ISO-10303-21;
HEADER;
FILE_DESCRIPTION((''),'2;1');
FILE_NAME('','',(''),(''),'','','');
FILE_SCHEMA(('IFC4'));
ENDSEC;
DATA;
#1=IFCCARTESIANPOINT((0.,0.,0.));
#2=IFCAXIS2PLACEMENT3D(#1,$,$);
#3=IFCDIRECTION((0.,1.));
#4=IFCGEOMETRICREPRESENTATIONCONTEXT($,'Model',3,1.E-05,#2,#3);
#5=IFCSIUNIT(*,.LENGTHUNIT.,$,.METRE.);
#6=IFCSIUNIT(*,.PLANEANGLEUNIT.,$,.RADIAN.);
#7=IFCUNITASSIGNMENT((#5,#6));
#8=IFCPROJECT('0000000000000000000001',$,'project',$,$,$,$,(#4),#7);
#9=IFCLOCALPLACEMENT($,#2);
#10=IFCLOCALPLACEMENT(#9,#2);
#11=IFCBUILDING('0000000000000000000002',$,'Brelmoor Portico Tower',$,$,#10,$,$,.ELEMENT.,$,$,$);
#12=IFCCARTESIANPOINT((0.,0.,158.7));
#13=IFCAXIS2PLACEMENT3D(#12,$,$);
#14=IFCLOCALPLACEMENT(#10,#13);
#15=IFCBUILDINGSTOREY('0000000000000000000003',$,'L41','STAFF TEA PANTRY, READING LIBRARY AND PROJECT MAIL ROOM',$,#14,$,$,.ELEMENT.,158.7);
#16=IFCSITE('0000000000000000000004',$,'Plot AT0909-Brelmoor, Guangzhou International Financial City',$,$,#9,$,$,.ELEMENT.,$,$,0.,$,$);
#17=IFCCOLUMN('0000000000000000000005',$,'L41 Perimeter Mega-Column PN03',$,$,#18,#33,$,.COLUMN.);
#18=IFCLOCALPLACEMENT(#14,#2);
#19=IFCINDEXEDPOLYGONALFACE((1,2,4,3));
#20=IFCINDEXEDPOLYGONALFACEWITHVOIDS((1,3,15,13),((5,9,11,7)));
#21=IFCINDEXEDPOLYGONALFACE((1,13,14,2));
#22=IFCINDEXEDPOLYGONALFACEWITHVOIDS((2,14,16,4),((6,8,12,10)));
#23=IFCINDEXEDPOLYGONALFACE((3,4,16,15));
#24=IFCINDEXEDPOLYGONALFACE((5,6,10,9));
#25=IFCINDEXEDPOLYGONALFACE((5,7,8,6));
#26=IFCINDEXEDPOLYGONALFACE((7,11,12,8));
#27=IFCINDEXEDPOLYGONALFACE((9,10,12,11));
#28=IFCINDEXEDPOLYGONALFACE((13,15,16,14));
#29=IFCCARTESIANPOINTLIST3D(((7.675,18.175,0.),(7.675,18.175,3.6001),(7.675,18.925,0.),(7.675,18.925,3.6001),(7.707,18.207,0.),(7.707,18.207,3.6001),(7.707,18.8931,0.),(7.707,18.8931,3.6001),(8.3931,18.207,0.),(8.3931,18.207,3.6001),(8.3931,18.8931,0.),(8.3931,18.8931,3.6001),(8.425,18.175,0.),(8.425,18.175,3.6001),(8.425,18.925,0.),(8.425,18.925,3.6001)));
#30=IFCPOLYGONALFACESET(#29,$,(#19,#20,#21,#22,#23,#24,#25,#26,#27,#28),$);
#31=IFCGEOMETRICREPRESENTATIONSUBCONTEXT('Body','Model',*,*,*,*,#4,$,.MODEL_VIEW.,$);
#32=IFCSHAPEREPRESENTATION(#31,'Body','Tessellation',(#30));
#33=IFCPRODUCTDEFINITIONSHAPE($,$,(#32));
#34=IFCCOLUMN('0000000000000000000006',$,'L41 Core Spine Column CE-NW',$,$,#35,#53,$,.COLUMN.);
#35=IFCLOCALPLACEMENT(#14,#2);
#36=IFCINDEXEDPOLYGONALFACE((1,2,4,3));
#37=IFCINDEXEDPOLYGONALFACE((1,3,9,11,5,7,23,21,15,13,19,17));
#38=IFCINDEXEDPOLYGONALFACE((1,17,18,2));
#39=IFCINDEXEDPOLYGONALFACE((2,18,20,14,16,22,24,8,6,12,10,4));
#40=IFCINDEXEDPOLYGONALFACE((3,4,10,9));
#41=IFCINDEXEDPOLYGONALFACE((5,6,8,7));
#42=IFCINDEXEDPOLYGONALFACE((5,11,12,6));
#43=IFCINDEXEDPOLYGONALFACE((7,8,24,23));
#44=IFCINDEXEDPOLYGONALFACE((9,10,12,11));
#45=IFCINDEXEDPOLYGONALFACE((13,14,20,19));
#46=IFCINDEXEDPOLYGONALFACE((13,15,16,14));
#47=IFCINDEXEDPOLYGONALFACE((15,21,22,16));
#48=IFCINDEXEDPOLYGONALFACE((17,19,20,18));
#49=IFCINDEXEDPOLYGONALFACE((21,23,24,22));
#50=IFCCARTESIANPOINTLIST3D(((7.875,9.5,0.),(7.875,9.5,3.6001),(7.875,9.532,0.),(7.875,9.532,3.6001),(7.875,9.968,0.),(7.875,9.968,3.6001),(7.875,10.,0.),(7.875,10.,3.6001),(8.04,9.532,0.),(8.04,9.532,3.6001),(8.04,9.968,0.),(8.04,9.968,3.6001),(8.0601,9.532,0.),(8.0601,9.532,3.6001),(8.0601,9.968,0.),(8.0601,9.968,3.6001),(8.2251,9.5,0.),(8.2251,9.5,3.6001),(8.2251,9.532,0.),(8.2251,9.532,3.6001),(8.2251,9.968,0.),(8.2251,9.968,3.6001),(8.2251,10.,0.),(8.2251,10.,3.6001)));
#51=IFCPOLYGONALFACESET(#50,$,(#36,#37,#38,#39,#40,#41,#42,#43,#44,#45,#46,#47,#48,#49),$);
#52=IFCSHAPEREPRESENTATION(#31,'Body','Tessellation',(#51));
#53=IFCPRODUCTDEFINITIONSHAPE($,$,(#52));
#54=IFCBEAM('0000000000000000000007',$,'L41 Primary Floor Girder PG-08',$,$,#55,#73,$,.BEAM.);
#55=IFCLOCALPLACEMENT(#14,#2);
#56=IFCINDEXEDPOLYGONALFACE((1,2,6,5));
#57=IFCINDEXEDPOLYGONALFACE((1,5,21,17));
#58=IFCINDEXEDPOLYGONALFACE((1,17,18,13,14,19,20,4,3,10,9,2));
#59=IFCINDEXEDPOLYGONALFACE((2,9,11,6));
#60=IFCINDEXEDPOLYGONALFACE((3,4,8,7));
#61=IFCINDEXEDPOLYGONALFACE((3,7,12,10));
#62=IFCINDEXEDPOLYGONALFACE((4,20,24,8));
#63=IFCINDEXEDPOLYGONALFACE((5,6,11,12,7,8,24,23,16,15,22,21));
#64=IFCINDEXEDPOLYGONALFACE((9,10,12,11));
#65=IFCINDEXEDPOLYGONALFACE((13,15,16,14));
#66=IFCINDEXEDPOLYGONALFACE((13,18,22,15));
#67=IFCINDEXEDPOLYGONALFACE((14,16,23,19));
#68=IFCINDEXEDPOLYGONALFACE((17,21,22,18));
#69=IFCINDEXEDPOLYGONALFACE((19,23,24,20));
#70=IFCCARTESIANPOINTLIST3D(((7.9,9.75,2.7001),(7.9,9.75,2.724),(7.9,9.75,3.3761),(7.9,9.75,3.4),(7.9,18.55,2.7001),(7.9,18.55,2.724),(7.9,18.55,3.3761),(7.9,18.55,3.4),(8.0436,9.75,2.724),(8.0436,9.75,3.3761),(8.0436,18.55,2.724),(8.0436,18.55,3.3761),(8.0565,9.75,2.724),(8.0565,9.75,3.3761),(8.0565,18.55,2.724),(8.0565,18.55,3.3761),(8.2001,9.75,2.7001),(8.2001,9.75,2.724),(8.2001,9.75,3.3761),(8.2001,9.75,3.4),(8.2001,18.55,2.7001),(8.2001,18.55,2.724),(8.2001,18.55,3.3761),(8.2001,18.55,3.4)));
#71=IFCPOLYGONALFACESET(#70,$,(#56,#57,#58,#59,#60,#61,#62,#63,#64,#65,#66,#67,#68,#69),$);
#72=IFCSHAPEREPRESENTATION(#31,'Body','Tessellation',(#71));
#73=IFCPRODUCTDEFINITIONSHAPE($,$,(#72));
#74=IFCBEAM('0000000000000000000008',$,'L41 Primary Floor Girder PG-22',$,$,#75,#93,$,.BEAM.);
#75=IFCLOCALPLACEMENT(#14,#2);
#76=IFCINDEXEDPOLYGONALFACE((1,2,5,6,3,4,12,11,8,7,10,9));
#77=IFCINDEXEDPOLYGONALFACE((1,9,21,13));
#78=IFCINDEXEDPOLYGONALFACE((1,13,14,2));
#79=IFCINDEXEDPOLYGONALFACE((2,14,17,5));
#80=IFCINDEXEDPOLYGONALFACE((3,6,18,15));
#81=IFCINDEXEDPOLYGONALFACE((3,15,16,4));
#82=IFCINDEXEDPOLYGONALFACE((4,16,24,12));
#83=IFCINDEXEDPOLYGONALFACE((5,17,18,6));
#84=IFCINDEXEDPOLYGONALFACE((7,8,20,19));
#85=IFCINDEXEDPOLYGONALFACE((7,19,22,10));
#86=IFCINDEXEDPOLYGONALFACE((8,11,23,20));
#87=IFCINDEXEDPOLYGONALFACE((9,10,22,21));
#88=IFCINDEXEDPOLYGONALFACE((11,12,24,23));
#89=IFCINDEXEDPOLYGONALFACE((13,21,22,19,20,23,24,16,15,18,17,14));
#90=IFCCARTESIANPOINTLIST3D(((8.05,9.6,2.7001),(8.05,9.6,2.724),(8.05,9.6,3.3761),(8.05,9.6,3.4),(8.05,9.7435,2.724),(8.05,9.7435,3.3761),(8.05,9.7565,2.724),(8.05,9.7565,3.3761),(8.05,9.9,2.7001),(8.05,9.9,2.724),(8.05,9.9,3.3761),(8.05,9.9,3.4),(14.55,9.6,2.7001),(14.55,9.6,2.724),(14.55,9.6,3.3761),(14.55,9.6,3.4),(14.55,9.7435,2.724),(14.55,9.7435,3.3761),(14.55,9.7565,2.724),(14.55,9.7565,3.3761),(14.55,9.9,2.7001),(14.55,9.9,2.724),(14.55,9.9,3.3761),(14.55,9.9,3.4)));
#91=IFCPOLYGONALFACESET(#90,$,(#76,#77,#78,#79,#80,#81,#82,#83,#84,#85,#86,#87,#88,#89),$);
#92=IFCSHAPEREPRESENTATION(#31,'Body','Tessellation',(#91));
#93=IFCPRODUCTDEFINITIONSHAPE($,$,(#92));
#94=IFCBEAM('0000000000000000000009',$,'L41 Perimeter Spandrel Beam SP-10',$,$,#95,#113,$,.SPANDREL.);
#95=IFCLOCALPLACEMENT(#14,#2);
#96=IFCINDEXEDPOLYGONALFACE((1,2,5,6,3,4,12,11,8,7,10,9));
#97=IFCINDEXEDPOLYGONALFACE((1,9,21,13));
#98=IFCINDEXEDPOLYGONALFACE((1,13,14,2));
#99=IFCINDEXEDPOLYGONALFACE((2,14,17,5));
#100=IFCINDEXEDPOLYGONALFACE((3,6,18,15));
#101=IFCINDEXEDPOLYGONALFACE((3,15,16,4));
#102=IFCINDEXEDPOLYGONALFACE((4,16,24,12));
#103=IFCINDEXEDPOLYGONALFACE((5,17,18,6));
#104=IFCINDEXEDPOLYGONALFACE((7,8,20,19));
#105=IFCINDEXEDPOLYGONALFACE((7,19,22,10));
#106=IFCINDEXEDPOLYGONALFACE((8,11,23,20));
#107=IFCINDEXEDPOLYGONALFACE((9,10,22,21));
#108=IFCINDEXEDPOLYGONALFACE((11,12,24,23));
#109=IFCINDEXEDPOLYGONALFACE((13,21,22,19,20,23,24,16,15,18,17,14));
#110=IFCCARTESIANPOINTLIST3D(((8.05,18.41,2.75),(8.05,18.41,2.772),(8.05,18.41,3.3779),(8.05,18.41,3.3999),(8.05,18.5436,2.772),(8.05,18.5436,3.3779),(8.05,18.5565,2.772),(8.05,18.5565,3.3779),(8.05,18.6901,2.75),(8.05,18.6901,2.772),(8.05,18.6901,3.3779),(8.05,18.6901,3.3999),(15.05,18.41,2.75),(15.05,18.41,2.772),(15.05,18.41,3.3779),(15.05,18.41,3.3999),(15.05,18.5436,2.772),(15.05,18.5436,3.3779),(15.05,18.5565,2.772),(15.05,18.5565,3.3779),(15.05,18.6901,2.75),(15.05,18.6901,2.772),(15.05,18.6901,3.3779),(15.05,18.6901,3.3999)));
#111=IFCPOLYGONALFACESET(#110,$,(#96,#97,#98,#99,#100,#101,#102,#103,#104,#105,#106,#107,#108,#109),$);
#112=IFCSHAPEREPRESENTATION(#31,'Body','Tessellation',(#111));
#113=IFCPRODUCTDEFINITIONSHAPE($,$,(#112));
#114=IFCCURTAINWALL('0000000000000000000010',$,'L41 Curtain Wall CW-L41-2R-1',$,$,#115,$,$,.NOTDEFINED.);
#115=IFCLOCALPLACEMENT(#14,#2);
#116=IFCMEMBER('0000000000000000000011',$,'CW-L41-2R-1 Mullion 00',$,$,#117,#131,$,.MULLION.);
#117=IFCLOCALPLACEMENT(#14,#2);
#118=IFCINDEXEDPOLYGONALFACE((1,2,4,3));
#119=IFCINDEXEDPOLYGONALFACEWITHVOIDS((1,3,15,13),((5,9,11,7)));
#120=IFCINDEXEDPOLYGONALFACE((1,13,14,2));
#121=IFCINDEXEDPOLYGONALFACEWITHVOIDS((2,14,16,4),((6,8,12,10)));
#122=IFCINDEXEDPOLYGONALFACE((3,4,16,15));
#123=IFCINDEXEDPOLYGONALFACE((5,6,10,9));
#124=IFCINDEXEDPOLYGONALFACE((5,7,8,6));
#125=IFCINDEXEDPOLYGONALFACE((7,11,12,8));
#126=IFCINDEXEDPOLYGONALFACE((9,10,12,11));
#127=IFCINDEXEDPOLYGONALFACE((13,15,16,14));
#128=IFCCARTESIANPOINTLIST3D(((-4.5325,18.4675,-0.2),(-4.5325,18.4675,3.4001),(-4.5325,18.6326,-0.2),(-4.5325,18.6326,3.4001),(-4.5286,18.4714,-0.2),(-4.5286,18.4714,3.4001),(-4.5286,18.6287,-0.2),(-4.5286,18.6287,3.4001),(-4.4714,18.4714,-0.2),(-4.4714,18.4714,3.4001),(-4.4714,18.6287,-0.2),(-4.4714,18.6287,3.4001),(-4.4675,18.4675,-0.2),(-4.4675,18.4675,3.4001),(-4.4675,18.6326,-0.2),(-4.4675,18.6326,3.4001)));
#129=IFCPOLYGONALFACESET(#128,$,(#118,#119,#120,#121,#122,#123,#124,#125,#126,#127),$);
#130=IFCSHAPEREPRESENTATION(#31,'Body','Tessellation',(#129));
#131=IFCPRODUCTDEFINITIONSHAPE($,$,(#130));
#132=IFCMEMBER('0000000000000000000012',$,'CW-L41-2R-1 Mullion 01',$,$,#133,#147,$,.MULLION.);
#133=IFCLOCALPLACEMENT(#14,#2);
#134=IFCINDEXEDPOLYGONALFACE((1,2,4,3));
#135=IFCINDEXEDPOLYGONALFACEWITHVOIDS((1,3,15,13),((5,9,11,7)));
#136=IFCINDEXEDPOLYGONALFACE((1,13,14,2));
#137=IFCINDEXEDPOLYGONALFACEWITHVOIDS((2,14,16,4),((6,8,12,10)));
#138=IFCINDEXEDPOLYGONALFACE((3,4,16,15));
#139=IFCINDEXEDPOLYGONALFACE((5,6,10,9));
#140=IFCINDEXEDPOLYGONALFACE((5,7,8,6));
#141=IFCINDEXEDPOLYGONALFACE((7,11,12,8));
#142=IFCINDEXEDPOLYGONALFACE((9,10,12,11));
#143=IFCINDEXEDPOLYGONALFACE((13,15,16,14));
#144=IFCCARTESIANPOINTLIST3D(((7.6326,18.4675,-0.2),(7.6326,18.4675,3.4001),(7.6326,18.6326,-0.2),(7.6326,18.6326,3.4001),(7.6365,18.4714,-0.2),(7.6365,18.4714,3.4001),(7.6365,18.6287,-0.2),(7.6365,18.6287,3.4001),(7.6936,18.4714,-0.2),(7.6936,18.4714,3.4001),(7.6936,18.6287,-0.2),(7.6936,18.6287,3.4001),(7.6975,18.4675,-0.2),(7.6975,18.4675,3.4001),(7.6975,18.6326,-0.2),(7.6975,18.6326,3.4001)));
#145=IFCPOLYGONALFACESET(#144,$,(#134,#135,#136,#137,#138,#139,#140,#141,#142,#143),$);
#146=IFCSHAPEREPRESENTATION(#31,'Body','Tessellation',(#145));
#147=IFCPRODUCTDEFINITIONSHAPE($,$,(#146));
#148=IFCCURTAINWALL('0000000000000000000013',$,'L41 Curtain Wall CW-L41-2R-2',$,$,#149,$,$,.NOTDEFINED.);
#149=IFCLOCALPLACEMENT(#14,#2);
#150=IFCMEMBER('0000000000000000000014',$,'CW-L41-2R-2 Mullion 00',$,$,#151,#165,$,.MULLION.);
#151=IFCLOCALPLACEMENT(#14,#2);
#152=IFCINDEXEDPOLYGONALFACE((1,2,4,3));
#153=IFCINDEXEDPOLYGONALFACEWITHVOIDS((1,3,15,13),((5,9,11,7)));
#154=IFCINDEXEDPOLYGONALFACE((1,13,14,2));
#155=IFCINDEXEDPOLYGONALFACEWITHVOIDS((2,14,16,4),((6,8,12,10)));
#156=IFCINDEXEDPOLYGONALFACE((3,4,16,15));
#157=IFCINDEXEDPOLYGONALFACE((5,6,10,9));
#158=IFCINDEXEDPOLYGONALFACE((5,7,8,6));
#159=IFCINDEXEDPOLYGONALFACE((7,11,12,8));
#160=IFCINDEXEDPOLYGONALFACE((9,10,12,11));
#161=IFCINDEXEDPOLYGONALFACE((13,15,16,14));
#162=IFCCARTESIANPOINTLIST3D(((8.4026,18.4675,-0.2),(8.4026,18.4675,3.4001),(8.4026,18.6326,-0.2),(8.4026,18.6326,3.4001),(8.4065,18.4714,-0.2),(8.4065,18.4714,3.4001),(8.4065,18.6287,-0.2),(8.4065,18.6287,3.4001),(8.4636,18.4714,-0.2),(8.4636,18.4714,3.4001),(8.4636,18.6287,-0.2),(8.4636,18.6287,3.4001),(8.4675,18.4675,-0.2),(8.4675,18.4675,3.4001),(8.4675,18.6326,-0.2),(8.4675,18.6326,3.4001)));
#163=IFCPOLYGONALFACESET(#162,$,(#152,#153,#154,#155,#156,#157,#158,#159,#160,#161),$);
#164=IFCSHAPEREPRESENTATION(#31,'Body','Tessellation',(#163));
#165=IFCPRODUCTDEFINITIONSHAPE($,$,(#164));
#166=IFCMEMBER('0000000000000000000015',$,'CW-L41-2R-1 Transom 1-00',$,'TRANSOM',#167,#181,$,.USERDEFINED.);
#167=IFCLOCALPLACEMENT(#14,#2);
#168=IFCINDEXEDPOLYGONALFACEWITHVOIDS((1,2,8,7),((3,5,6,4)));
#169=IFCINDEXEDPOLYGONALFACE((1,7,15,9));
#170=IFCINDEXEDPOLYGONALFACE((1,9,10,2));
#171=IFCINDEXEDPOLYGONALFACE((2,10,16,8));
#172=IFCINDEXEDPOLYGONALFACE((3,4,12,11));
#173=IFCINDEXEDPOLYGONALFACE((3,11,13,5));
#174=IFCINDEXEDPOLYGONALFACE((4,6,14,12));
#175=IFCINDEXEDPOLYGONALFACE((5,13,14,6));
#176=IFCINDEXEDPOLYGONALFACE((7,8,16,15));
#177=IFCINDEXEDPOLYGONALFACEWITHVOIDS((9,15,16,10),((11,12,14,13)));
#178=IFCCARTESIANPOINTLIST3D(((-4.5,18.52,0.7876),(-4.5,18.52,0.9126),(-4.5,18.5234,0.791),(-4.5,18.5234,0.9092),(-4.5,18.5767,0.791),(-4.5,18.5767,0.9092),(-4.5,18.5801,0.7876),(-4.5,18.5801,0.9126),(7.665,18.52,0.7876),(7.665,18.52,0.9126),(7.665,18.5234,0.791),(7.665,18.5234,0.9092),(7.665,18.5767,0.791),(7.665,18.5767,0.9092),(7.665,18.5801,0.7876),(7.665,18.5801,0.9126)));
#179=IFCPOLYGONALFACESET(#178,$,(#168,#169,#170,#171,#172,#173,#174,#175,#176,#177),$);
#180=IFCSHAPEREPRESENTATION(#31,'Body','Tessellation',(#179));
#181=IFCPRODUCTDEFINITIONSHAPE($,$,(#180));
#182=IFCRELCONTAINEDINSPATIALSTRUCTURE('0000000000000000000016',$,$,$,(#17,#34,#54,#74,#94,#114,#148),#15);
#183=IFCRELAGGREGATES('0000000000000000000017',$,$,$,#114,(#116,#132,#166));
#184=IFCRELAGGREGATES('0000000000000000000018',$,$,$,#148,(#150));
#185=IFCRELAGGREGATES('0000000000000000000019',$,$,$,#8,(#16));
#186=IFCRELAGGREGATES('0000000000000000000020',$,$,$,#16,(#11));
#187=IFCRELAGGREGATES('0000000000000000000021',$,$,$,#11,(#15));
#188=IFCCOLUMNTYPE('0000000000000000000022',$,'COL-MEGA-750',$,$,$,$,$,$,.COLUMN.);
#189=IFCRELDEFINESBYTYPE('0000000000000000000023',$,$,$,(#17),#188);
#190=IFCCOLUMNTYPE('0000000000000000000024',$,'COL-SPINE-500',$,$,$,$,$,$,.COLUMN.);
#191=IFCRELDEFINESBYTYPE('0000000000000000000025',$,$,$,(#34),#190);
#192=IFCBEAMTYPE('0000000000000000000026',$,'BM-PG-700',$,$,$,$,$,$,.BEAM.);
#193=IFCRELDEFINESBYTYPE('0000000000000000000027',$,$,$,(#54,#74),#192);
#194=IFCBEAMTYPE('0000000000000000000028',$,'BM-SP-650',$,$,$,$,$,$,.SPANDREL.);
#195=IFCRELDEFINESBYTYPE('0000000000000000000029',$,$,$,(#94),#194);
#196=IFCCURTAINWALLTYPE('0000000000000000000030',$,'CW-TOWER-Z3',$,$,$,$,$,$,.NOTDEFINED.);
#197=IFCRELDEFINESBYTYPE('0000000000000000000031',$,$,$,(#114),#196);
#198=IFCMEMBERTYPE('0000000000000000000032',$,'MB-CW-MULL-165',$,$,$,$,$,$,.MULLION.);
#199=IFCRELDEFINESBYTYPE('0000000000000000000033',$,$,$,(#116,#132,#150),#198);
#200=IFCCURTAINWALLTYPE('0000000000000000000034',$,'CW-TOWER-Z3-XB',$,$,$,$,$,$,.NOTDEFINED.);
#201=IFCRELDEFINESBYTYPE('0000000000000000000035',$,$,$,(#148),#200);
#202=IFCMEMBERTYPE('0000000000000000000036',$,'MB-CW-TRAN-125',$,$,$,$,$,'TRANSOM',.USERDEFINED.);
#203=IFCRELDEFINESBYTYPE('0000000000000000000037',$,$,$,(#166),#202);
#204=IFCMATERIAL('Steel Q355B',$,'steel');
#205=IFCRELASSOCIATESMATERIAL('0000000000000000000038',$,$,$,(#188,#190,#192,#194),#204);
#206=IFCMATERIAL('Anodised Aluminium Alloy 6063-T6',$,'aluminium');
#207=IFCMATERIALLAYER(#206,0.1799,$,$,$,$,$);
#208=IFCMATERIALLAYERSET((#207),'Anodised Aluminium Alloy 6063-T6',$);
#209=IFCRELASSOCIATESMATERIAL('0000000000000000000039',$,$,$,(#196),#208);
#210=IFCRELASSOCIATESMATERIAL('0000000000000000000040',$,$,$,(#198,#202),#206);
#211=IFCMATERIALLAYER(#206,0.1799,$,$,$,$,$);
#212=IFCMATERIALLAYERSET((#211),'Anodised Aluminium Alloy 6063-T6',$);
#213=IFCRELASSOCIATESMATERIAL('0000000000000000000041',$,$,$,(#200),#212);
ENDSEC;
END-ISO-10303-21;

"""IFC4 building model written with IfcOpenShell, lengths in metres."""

from ifc_helpers import new_model, si_unit, direction, frame, origin, origin_2d, place, context, subcontext, project, spatial, hollow_rectangle, i_section, extrude, material, layer, layer_set, material_profile, profile_set, type_object, element, aggregate, save


model = new_model("IFC4")

# Units and contexts
model_context = context("Model", 3, precision=1e-05, world=origin(), true_north=direction((0.0, 1.0)))
body_context = subcontext(model_context, "Body", "Model", "MODEL_VIEW")
ifc_project = project(units=[si_unit("LENGTHUNIT", "METRE"), si_unit("PLANEANGLEUNIT", "RADIAN")], contexts=[model_context])

# Site, building, storey
site_placement = place(None, origin())
site = spatial("IfcSite", under=ifc_project, at=site_placement, Name="Plot AT0909-Brelmoor, Guangzhou International Financial City", CompositionType="ELEMENT", RefElevation=0.0)
building_placement = place(site_placement, origin())
building = spatial("IfcBuilding", under=site, at=building_placement, Name="Brelmoor Portico Tower", CompositionType="ELEMENT")
storey_placement = place(building_placement, frame((0.0, 0.0, 158.7)))
storey = spatial("IfcBuildingStorey", under=building, at=storey_placement, Name="L41", Description="STAFF TEA PANTRY, READING LIBRARY AND PROJECT MAIL ROOM", CompositionType="ELEMENT", Elevation=158.7)

# Columns
ifc_material_1 = material(Name="Steel Q355B", Category="steel")
ifc_material_profile_1 = material_profile(ifc_material_1, hollow_rectangle(XDim=0.75, YDim=0.75, WallThickness=0.032, at=origin_2d()), Name="BOX 750x750x32")
ifc_profile_set_1 = profile_set([ifc_material_profile_1], Name="Steel Q355B")
column_type_1 = type_object("IfcColumnType", Name="COL-MEGA-750", PredefinedType="COLUMN", material=ifc_profile_set_1)
column_1_placement = place(storey_placement, frame((8.05, 18.55, 0.0), z_axis=(0.0, 0.0, 1.0), x_axis=(1.0, 0.0, 0.0)))
element("IfcColumn", 1, at=column_1_placement, inside=storey, type_object=column_type_1, Name="L41 Perimeter Mega-Column PN03", PredefinedType="COLUMN", context=body_context, shape_type="SweptSolid", body=[
    extrude(hollow_rectangle(XDim=0.75, YDim=0.75, WallThickness=0.032, at=origin_2d()), origin(), (0.0, 0.0, 1.0), 3.6001),
])
ifc_material_profile_2 = material_profile(ifc_material_1, i_section(OverallWidth=0.3501, OverallDepth=0.5, WebThickness=0.02, FlangeThickness=0.032, at=origin_2d()), Name="HW 500x350x20x32")
ifc_profile_set_2 = profile_set([ifc_material_profile_2], Name="Steel Q355B")
column_type_2 = type_object("IfcColumnType", Name="COL-SPINE-500", PredefinedType="COLUMN", material=ifc_profile_set_2)
column_2_placement = place(storey_placement, frame((8.05, 9.75, 0.0), z_axis=(0.0, 0.0, 1.0), x_axis=(1.0, 0.0, 0.0)))
element("IfcColumn", 2, at=column_2_placement, inside=storey, type_object=column_type_2, Name="L41 Core Spine Column CE-NW", PredefinedType="COLUMN", context=body_context, shape_type="SweptSolid", body=[
    extrude(i_section(OverallWidth=0.3501, OverallDepth=0.5, WebThickness=0.02, FlangeThickness=0.032, at=origin_2d()), origin(), (0.0, 0.0, 1.0), 3.6001),
])

# Beams
ifc_material_profile_3 = material_profile(ifc_material_1, i_section(OverallWidth=0.3, OverallDepth=0.7, WebThickness=0.0129, FlangeThickness=0.0239, at=origin_2d()), Name="HN 700x300x13x24")
ifc_profile_set_3 = profile_set([ifc_material_profile_3], Name="Steel Q355B")
beam_type_1 = type_object("IfcBeamType", Name="BM-PG-700", PredefinedType="BEAM", material=ifc_profile_set_3)
beam_1_placement = place(storey_placement, frame((8.05, 9.75, 3.05), z_axis=(0.0, 1.0, 0.0), x_axis=(-1.0, 0.0, 0.0)))
element("IfcBeam", 3, at=beam_1_placement, inside=storey, type_object=beam_type_1, Name="L41 Primary Floor Girder PG-08", PredefinedType="BEAM", context=body_context, shape_type="SweptSolid", body=[
    extrude(i_section(OverallWidth=0.3, OverallDepth=0.7, WebThickness=0.0129, FlangeThickness=0.0239, at=origin_2d()), origin(), (0.0, 0.0, 1.0), 8.8),
])
beam_2_placement = place(storey_placement, frame((8.05, 9.75, 3.05), z_axis=(1.0, 0.0, 0.0), x_axis=(0.0, 1.0, 0.0)))
element("IfcBeam", 4, at=beam_2_placement, inside=storey, type_object=beam_type_1, Name="L41 Primary Floor Girder PG-22", PredefinedType="BEAM", context=body_context, shape_type="SweptSolid", body=[
    extrude(i_section(OverallWidth=0.3, OverallDepth=0.7, WebThickness=0.0129, FlangeThickness=0.0239, at=origin_2d()), origin(), (0.0, 0.0, 1.0), 6.5),
])
ifc_material_profile_4 = material_profile(ifc_material_1, i_section(OverallWidth=0.28, OverallDepth=0.6499, WebThickness=0.0129, FlangeThickness=0.022, at=origin_2d()), Name="HN 650x280x13x22")
ifc_profile_set_4 = profile_set([ifc_material_profile_4], Name="Steel Q355B")
beam_type_2 = type_object("IfcBeamType", Name="BM-SP-650", PredefinedType="SPANDREL", material=ifc_profile_set_4)
beam_3_placement = place(storey_placement, frame((8.05, 18.55, 3.075), z_axis=(1.0, 0.0, 0.0), x_axis=(0.0, 1.0, 0.0)))
element("IfcBeam", 5, at=beam_3_placement, inside=storey, type_object=beam_type_2, Name="L41 Perimeter Spandrel Beam SP-10", PredefinedType="SPANDREL", context=body_context, shape_type="SweptSolid", body=[
    extrude(i_section(OverallWidth=0.28, OverallDepth=0.6499, WebThickness=0.0129, FlangeThickness=0.022, at=origin_2d()), origin(), (0.0, 0.0, 1.0), 7.0),
])

# Curtain wall, members
ifc_material_2 = material(Name="Anodised Aluminium Alloy 6063-T6", Category="aluminium")
ifc_layer_1 = layer(ifc_material_2, 0.1799)
ifc_layer_set_1 = layer_set([ifc_layer_1], Name="Anodised Aluminium Alloy 6063-T6")
curtain_wall_type_1 = type_object("IfcCurtainWallType", Name="CW-TOWER-Z3", PredefinedType="NOTDEFINED", material=ifc_layer_set_1)
curtain_wall_1_placement = place(storey_placement, origin())
curtain_wall_1 = element("IfcCurtainWall", 6, at=curtain_wall_1_placement, inside=storey, type_object=curtain_wall_type_1, Name="L41 Curtain Wall CW-L41-2R-1", PredefinedType="NOTDEFINED")
ifc_material_profile_5 = material_profile(ifc_material_2, hollow_rectangle(XDim=0.0649, YDim=0.165, WallThickness=0.0039, at=origin_2d()), Name="ALU MULLION 65x165")
ifc_profile_set_5 = profile_set([ifc_material_profile_5], Name="Anodised Aluminium Alloy 6063-T6")
member_type_1 = type_object("IfcMemberType", Name="MB-CW-MULL-165", PredefinedType="MULLION", material=ifc_profile_set_5)
member_1_placement = place(storey_placement, frame((-4.5, 18.55, -0.2), z_axis=(0.0, 0.0, 1.0), x_axis=(1.0, 0.0, 0.0)))
member_1 = element("IfcMember", 7, at=member_1_placement, type_object=member_type_1, Name="CW-L41-2R-1 Mullion 00", PredefinedType="MULLION", context=body_context, shape_type="SweptSolid", body=[
    extrude(hollow_rectangle(XDim=0.0649, YDim=0.165, WallThickness=0.0039, at=origin_2d()), origin(), (0.0, 0.0, 1.0), 3.6001),
])
member_2_placement = place(storey_placement, frame((7.665, 18.55, -0.2), z_axis=(0.0, 0.0, 1.0), x_axis=(1.0, 0.0, 0.0)))
member_2 = element("IfcMember", 8, at=member_2_placement, type_object=member_type_1, Name="CW-L41-2R-1 Mullion 01", PredefinedType="MULLION", context=body_context, shape_type="SweptSolid", body=[
    extrude(hollow_rectangle(XDim=0.0649, YDim=0.165, WallThickness=0.0039, at=origin_2d()), origin(), (0.0, 0.0, 1.0), 3.6001),
])

# Curtain wall, member
ifc_layer_2 = layer(ifc_material_2, 0.1799)
ifc_layer_set_2 = layer_set([ifc_layer_2], Name="Anodised Aluminium Alloy 6063-T6")
curtain_wall_type_2 = type_object("IfcCurtainWallType", Name="CW-TOWER-Z3-XB", PredefinedType="NOTDEFINED", material=ifc_layer_set_2)
curtain_wall_2_placement = place(storey_placement, origin())
curtain_wall_2 = element("IfcCurtainWall", 9, at=curtain_wall_2_placement, inside=storey, type_object=curtain_wall_type_2, Name="L41 Curtain Wall CW-L41-2R-2", PredefinedType="NOTDEFINED")
member_3_placement = place(storey_placement, frame((8.4351, 18.55, -0.2), z_axis=(0.0, 0.0, 1.0), x_axis=(1.0, 0.0, 0.0)))
member_3 = element("IfcMember", 10, at=member_3_placement, type_object=member_type_1, Name="CW-L41-2R-2 Mullion 00", PredefinedType="MULLION", context=body_context, shape_type="SweptSolid", body=[
    extrude(hollow_rectangle(XDim=0.0649, YDim=0.165, WallThickness=0.0039, at=origin_2d()), origin(), (0.0, 0.0, 1.0), 3.6001),
])

# Member
ifc_material_profile_6 = material_profile(ifc_material_2, hollow_rectangle(XDim=0.0601, YDim=0.125, WallThickness=0.0034, at=origin_2d()), Name="ALU TRANSOM 60x125")
ifc_profile_set_6 = profile_set([ifc_material_profile_6], Name="Anodised Aluminium Alloy 6063-T6")
member_type_2 = type_object("IfcMemberType", Name="MB-CW-TRAN-125", ElementType="TRANSOM", PredefinedType="USERDEFINED", material=ifc_profile_set_6)
member_4_placement = place(storey_placement, frame((-4.5, 18.55, 0.8501), z_axis=(1.0, 0.0, 0.0), x_axis=(0.0, 1.0, 0.0)))
member_4 = element("IfcMember", 11, at=member_4_placement, type_object=member_type_2, Name="CW-L41-2R-1 Transom 1-00", ObjectType="TRANSOM", PredefinedType="USERDEFINED", context=body_context, shape_type="SweptSolid", body=[
    extrude(hollow_rectangle(XDim=0.0601, YDim=0.125, WallThickness=0.0034, at=origin_2d()), origin(), (0.0, 0.0, 1.0), 12.165),
])

aggregate(curtain_wall_1, [member_1, member_2, member_4])
aggregate(curtain_wall_2, [member_3])

save(model, "model.ifc")
